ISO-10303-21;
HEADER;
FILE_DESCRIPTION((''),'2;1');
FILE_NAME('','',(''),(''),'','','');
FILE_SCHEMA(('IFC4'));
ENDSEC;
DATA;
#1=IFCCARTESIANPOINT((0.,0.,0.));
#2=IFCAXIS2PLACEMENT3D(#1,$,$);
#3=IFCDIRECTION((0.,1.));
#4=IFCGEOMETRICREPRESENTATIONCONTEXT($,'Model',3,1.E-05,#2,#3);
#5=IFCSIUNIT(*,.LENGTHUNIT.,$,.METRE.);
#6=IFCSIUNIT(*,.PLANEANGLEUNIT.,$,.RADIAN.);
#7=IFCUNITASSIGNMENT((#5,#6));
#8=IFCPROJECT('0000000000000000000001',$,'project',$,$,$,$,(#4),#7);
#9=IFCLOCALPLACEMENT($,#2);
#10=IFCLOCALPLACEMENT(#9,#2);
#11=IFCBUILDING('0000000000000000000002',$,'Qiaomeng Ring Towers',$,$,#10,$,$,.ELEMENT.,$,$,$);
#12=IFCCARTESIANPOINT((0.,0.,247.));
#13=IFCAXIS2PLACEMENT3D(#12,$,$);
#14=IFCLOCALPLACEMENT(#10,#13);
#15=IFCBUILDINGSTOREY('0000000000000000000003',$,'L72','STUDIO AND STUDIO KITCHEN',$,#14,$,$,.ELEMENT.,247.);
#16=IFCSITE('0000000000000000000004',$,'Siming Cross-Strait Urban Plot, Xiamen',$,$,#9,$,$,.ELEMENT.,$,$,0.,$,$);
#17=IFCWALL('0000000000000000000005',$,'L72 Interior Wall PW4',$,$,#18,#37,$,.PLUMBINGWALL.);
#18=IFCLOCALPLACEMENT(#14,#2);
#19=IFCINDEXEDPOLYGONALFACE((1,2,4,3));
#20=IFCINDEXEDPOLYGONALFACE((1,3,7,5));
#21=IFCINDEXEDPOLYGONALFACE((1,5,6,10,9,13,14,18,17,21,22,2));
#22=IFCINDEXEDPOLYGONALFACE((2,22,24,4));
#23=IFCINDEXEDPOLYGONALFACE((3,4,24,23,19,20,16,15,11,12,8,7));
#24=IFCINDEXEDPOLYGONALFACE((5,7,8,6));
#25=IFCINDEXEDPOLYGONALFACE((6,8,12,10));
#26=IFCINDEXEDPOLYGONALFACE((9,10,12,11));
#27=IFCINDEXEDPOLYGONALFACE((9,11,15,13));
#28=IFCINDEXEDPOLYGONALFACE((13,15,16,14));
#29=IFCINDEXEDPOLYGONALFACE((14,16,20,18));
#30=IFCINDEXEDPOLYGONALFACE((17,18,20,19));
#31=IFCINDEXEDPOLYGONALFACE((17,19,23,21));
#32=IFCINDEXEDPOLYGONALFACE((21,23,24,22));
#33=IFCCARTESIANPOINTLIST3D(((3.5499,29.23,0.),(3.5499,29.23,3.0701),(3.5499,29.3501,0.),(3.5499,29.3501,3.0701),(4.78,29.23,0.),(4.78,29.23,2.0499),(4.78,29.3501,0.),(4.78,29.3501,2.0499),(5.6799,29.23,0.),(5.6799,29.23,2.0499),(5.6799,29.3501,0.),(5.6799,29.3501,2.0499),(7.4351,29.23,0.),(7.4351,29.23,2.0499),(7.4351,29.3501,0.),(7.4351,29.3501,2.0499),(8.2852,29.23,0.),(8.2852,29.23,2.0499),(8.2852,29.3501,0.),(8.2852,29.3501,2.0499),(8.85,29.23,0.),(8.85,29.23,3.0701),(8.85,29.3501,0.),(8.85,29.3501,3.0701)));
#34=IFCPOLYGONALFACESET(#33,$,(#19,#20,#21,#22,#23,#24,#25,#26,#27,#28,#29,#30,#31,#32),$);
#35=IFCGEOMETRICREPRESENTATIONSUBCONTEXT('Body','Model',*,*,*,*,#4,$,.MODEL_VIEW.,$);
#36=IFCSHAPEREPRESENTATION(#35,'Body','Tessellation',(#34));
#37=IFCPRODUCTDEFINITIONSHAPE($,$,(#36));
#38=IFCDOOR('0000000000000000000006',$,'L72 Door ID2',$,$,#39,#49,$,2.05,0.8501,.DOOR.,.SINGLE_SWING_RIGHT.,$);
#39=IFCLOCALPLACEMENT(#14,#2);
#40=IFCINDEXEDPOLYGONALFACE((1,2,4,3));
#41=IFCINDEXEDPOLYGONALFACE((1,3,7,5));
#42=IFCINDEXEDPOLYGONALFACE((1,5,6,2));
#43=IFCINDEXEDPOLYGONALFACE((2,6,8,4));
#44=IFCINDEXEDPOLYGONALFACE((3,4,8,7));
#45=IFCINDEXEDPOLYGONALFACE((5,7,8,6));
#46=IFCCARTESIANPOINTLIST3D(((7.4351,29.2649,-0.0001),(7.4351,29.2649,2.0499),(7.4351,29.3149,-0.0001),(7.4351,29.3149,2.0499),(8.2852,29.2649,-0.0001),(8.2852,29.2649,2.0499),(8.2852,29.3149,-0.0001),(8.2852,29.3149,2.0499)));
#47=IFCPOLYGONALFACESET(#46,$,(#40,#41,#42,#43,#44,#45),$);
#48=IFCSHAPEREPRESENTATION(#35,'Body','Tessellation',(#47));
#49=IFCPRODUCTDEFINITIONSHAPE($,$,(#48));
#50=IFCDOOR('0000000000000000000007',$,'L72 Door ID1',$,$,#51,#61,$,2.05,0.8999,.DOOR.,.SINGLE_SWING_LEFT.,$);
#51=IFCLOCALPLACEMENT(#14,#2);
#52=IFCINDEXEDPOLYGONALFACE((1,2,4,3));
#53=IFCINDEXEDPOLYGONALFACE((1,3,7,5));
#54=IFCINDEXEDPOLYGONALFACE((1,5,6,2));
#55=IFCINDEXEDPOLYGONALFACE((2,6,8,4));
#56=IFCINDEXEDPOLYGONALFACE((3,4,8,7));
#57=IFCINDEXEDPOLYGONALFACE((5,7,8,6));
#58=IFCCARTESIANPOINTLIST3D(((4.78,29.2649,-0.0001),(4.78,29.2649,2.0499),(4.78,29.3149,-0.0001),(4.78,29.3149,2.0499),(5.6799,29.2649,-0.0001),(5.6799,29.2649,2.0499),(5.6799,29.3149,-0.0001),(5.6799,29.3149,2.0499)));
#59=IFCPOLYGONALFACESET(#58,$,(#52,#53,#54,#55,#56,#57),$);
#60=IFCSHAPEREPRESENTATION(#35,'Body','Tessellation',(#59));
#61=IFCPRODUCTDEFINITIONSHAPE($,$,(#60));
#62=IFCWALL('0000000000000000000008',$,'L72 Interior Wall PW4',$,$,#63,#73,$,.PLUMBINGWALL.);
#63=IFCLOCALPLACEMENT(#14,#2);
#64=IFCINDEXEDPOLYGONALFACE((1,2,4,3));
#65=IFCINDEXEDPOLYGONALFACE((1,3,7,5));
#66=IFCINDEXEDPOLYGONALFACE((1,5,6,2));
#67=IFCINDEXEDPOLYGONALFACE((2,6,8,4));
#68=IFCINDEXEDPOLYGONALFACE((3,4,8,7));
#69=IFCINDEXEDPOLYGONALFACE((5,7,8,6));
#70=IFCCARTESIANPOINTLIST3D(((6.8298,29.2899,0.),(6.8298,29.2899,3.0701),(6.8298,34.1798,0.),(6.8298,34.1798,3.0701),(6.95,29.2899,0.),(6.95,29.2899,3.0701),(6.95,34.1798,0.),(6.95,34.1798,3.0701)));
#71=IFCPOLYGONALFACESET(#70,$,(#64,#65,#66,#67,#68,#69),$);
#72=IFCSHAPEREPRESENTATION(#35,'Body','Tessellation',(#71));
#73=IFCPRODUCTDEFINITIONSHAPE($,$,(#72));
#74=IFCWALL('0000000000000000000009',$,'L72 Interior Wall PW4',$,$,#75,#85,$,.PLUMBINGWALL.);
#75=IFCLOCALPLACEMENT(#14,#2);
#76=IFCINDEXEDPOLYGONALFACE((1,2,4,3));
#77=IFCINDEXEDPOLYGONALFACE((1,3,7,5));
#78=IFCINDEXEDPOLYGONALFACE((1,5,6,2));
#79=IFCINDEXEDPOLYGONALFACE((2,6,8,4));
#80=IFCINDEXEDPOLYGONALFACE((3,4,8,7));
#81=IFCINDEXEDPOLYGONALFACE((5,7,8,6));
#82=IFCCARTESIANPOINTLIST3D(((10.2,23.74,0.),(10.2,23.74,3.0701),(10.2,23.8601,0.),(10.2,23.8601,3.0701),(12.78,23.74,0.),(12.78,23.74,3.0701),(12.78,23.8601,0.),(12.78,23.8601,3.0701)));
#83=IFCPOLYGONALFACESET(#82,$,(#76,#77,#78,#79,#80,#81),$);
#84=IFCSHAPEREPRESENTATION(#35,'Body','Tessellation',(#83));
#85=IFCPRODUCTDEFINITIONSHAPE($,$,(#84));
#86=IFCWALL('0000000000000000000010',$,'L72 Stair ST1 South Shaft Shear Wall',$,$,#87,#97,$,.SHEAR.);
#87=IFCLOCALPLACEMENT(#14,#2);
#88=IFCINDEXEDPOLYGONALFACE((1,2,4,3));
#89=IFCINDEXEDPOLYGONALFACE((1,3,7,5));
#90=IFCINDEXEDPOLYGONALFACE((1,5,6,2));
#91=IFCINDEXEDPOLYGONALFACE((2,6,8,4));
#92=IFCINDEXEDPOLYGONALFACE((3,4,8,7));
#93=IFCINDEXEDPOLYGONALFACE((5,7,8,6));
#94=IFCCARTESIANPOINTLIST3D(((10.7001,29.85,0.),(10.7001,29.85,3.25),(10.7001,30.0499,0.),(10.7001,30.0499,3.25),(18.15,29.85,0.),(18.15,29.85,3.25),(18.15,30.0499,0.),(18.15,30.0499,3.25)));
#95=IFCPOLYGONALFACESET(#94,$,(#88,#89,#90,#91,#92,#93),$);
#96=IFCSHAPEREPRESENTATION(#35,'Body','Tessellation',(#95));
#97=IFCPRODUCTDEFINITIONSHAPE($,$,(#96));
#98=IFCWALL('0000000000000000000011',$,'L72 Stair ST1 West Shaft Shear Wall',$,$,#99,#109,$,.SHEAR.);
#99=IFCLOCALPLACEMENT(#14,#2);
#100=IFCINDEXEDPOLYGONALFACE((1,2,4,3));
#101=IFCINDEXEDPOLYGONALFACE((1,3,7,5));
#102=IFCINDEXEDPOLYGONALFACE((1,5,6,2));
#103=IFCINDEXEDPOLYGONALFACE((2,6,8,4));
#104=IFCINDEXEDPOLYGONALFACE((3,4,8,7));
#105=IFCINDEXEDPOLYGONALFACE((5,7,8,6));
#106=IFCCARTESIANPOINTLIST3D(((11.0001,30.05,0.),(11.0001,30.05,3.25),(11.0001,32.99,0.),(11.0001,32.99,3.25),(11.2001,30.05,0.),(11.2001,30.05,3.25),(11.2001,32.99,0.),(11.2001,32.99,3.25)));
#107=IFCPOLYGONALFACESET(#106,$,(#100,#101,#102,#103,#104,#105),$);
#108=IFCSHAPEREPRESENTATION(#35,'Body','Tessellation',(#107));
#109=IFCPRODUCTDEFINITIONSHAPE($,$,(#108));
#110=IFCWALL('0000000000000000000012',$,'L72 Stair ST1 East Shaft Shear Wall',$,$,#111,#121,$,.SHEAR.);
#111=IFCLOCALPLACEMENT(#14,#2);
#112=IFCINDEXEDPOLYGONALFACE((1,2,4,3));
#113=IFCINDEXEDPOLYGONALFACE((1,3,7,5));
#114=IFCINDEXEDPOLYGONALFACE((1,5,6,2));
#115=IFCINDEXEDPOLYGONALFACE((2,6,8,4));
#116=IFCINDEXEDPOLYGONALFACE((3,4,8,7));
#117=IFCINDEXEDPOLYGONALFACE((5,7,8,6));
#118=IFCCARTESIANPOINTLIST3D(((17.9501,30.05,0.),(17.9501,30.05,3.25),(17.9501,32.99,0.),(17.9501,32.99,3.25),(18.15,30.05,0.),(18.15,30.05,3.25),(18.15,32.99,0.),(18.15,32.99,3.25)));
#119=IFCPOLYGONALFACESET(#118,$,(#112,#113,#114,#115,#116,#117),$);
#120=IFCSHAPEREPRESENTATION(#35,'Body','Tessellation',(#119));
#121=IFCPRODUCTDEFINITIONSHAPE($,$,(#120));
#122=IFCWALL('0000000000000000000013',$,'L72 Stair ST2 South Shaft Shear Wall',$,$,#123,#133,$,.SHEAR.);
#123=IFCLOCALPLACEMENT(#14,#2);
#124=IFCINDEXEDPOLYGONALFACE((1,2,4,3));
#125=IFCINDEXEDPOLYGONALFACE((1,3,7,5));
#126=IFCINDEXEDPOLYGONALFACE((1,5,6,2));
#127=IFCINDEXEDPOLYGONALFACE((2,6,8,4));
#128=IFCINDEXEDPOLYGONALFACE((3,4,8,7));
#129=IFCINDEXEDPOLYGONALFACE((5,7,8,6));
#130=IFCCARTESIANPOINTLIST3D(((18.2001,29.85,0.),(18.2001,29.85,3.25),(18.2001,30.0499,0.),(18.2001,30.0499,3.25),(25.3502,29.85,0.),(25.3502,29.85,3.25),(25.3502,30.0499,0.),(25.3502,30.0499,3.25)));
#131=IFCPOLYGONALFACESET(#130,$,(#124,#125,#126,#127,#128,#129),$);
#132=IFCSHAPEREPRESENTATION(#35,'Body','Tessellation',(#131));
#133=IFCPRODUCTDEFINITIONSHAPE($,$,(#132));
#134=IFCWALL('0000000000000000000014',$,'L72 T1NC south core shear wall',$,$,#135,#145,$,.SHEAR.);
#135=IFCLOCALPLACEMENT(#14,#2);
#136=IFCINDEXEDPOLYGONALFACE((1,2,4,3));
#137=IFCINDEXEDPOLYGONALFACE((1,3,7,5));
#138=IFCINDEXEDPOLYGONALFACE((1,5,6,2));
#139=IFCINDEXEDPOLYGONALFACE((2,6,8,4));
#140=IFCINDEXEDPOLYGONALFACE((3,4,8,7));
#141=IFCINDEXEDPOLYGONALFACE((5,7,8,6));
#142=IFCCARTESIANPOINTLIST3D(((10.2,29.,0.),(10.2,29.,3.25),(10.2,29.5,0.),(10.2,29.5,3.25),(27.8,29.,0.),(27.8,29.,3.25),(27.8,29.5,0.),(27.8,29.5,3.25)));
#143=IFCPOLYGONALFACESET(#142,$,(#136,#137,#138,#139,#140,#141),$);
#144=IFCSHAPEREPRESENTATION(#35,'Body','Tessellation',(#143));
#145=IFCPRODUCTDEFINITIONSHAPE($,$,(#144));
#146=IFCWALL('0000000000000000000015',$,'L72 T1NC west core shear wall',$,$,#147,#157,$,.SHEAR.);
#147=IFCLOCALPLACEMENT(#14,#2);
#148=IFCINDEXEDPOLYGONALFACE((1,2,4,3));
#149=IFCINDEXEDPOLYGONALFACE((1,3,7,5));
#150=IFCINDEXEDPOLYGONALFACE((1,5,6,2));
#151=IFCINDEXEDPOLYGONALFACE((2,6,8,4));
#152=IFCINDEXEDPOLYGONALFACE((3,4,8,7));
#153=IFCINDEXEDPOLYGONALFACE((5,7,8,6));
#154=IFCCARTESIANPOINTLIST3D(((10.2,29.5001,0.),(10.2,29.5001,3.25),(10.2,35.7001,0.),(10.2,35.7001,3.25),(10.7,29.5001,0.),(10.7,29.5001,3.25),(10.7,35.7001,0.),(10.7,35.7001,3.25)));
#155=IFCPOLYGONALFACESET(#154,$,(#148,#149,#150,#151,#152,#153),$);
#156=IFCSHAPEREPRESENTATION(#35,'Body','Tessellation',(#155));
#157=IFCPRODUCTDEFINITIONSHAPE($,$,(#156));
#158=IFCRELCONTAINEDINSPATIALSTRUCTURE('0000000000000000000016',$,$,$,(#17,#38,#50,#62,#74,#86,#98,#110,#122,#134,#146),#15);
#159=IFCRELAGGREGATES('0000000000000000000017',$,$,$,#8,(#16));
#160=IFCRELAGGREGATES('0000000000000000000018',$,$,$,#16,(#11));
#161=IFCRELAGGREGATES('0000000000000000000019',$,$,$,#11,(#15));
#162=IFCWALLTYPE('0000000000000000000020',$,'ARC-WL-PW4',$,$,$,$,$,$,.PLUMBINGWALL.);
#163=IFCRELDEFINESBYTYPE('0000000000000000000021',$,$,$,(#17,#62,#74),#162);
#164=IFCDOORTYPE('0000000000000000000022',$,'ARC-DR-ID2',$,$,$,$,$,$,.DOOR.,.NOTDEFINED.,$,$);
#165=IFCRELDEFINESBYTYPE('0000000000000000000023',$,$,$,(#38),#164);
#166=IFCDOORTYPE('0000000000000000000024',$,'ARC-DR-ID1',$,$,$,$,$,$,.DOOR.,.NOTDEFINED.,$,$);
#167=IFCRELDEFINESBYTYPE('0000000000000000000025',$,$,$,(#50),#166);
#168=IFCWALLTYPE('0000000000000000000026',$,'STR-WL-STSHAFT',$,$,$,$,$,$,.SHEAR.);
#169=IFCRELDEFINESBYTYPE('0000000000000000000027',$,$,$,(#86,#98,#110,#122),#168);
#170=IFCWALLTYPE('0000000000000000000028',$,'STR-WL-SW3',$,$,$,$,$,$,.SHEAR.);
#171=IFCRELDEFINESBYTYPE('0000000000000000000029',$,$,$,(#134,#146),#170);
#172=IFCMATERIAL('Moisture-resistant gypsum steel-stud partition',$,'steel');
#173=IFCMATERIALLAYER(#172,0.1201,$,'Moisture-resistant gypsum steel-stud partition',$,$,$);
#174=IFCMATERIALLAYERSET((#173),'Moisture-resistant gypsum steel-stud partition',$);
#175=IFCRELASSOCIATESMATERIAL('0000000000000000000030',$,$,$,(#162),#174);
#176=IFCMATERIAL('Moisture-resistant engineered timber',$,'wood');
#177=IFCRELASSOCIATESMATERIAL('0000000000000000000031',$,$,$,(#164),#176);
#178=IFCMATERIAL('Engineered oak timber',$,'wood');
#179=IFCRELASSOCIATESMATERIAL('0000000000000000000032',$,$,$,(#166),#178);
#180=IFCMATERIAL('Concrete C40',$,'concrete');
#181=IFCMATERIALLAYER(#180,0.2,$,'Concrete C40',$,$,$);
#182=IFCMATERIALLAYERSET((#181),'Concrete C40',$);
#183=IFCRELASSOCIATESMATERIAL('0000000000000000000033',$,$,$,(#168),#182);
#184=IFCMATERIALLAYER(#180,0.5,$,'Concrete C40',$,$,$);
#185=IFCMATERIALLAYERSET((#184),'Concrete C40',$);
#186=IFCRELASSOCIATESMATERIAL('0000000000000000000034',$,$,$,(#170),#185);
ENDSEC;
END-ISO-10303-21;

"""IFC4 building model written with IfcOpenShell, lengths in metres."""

from ifc_helpers import new_model, si_unit, direction, frame, frame_2d, origin, place, context, subcontext, project, spatial, rectangle, extrude, source, transform, mapped, material, layer, layer_set, type_object, element, fill, save


model = new_model("IFC4")

# Units and contexts
model_context = context("Model", 3, precision=1e-05, world=origin(), true_north=direction((0.0, 1.0)))
body_context = subcontext(model_context, "Body", "Model", "MODEL_VIEW")
ifc_project = project(units=[si_unit("LENGTHUNIT", "METRE"), si_unit("PLANEANGLEUNIT", "RADIAN")], contexts=[model_context])

# Site, building, storey
site_placement = place(None, origin())
site = spatial("IfcSite", under=ifc_project, at=site_placement, Name="Siming Cross-Strait Urban Plot, Xiamen", CompositionType="ELEMENT", RefElevation=0.0)
building_placement = place(site_placement, origin())
building = spatial("IfcBuilding", under=site, at=building_placement, Name="Qiaomeng Ring Towers", CompositionType="ELEMENT")
storey_placement = place(building_placement, frame((0.0, 0.0, 247.0)))
storey = spatial("IfcBuildingStorey", under=building, at=storey_placement, Name="L72", Description="STUDIO AND STUDIO KITCHEN", CompositionType="ELEMENT", Elevation=247.0)

# Shared definitions
ifc_material_1 = material(Name="Concrete C40", Category="concrete")

# Wall, openings, doors
ifc_material_2 = material(Name="Moisture-resistant gypsum steel-stud partition", Category="steel")
ifc_layer_1 = layer(ifc_material_2, 0.1201, Name="Moisture-resistant gypsum steel-stud partition")
ifc_layer_set_1 = layer_set([ifc_layer_1], Name="Moisture-resistant gypsum steel-stud partition")
wall_type_1 = type_object("IfcWallType", Name="ARC-WL-PW4", PredefinedType="PLUMBINGWALL", material=ifc_layer_set_1)
wall_1_placement = place(storey_placement, frame((3.55, 29.29, 0.0), z_axis=(0.0, 0.0, 1.0), x_axis=(1.0, 0.0, 0.0)))
wall_1 = element("IfcWall", 1, at=wall_1_placement, inside=storey, type_object=wall_type_1, Name="L72 Interior Wall PW4", PredefinedType="PLUMBINGWALL", context=body_context, shape_type="SweptSolid", body=[
    extrude(rectangle(XDim=5.3, YDim=0.1201, at=frame_2d((2.6499, 0.0))), origin(), (0.0, 0.0, 1.0), 3.0701),
])
opening_1_placement = place(wall_1_placement, frame((1.23, 0.0, 0.0)))
opening_1 = element("IfcOpeningElement", 2, at=opening_1_placement, cuts=wall_1, PredefinedType="OPENING", context=body_context, shape_type="SweptSolid", body=[
    extrude(rectangle(XDim=0.8999, YDim=2.05, at=frame_2d((0.45, 1.0249))), frame((0.0, 0.0701, 0.0), z_axis=(0.0, -1.0, 0.0), x_axis=(1.0, 0.0, 0.0)), (0.0, 0.0, 1.0), 0.1401),
])
opening_2_placement = place(wall_1_placement, frame((3.885, 0.0, 0.0)))
opening_2 = element("IfcOpeningElement", 3, at=opening_2_placement, cuts=wall_1, PredefinedType="OPENING", context=body_context, shape_type="SweptSolid", body=[
    extrude(rectangle(XDim=0.8501, YDim=2.05, at=frame_2d((0.425, 1.0249))), frame((0.0, 0.0701, 0.0), z_axis=(0.0, -1.0, 0.0), x_axis=(1.0, 0.0, 0.0)), (0.0, 0.0, 1.0), 0.1401),
])
ifc_material_3 = material(Name="Moisture-resistant engineered timber", Category="wood")
door_type_1 = type_object("IfcDoorType", Name="ARC-DR-ID2", OperationType="NOTDEFINED", PredefinedType="DOOR", material=ifc_material_3)
shared_shape_1 = source(origin(), body_context, "Body", "SweptSolid", [
    extrude(rectangle(XDim=0.8501, YDim=2.05, at=frame_2d((0.425, 1.0249))), frame((0.0, 0.0249, 0.0), z_axis=(0.0, -1.0, 0.0), x_axis=(1.0, 0.0, 0.0)), (0.0, 0.0, 1.0), 0.05),
])
door_1_placement = place(opening_2_placement, origin())
door_1 = element("IfcDoor", 4, at=door_1_placement, inside=storey, type_object=door_type_1, Name="L72 Door ID2", OperationType="SINGLE_SWING_RIGHT", OverallHeight=2.05, OverallWidth=0.8501, PredefinedType="DOOR", context=body_context, shape_type="MappedRepresentation", body=[
    mapped(shared_shape_1, transform((0.0, 0.0, 0.0), x_axis=(1.0, 0.0, 0.0), y_axis=(0.0, 1.0, 0.0), z_axis=(0.0, 0.0, 1.0), scale=1.0)),
])
fill(opening_2, door_1)
ifc_material_4 = material(Name="Engineered oak timber", Category="wood")
door_type_2 = type_object("IfcDoorType", Name="ARC-DR-ID1", OperationType="NOTDEFINED", PredefinedType="DOOR", material=ifc_material_4)
shared_shape_2 = source(origin(), body_context, "Body", "SweptSolid", [
    extrude(rectangle(XDim=0.8999, YDim=2.05, at=frame_2d((0.45, 1.0249))), frame((0.0, 0.0249, 0.0), z_axis=(0.0, -1.0, 0.0), x_axis=(1.0, 0.0, 0.0)), (0.0, 0.0, 1.0), 0.05),
])
door_2_placement = place(opening_1_placement, origin())
door_2 = element("IfcDoor", 5, at=door_2_placement, inside=storey, type_object=door_type_2, Name="L72 Door ID1", OperationType="SINGLE_SWING_LEFT", OverallHeight=2.05, OverallWidth=0.8999, PredefinedType="DOOR", context=body_context, shape_type="MappedRepresentation", body=[
    mapped(shared_shape_2, transform((0.0, 0.0, 0.0), x_axis=(1.0, 0.0, 0.0), y_axis=(0.0, 1.0, 0.0), z_axis=(0.0, 0.0, 1.0), scale=1.0)),
])
fill(opening_1, door_2)

# Walls
wall_2_placement = place(storey_placement, frame((6.8899, 29.29, 0.0), z_axis=(0.0, 0.0, 1.0), x_axis=(0.0, 1.0, 0.0)))
element("IfcWall", 6, at=wall_2_placement, inside=storey, type_object=wall_type_1, Name="L72 Interior Wall PW4", PredefinedType="PLUMBINGWALL", context=body_context, shape_type="SweptSolid", body=[
    extrude(rectangle(XDim=4.8899, YDim=0.1201, at=frame_2d((2.4448, 0.0))), origin(), (0.0, 0.0, 1.0), 3.0701),
])
wall_3_placement = place(storey_placement, frame((10.2, 23.8, 0.0), z_axis=(0.0, 0.0, 1.0), x_axis=(1.0, 0.0, 0.0)))
element("IfcWall", 7, at=wall_3_placement, inside=storey, type_object=wall_type_1, Name="L72 Interior Wall PW4", PredefinedType="PLUMBINGWALL", context=body_context, shape_type="SweptSolid", body=[
    extrude(rectangle(XDim=2.5801, YDim=0.1201, at=frame_2d((1.29, 0.0))), origin(), (0.0, 0.0, 1.0), 3.0701),
])
ifc_layer_2 = layer(ifc_material_1, 0.2, Name="Concrete C40")
ifc_layer_set_2 = layer_set([ifc_layer_2], Name="Concrete C40")
wall_type_2 = type_object("IfcWallType", Name="STR-WL-STSHAFT", PredefinedType="SHEAR", material=ifc_layer_set_2)
wall_4_placement = place(storey_placement, frame((10.7, 29.95, 0.0), z_axis=(0.0, 0.0, 1.0), x_axis=(1.0, 0.0, 0.0)))
element("IfcWall", 8, at=wall_4_placement, inside=storey, type_object=wall_type_2, Name="L72 Stair ST1 South Shaft Shear Wall", PredefinedType="SHEAR", context=body_context, shape_type="SweptSolid", body=[
    extrude(rectangle(XDim=7.45, YDim=0.2, at=frame_2d((3.7251, 0.0))), origin(), (0.0, 0.0, 1.0), 3.25),
])
for number, where, z_axis, x_axis, name in (
    (9, (11.1001, 30.05, 0.0), (0.0, 0.0, 1.0), (0.0, 1.0, 0.0), "L72 Stair ST1 West Shaft Shear Wall"),
    (10, (18.05, 30.05, 0.0), (0.0, 0.0, 1.0), (0.0, 1.0, 0.0), "L72 Stair ST1 East Shaft Shear Wall"),
):
    element("IfcWall", number, at=place(storey_placement, frame(where, z_axis=z_axis, x_axis=x_axis)), inside=storey, type_object=wall_type_2, Name=name, PredefinedType="SHEAR", context=body_context, shape_type="SweptSolid", body=[
        extrude(rectangle(XDim=2.9399, YDim=0.2, at=frame_2d((1.47, 0.0))), origin(), (0.0, 0.0, 1.0), 3.25),
    ])
wall_5_placement = place(storey_placement, frame((18.2, 29.95, 0.0), z_axis=(0.0, 0.0, 1.0), x_axis=(1.0, 0.0, 0.0)))
element("IfcWall", 11, at=wall_5_placement, inside=storey, type_object=wall_type_2, Name="L72 Stair ST2 South Shaft Shear Wall", PredefinedType="SHEAR", context=body_context, shape_type="SweptSolid", body=[
    extrude(rectangle(XDim=7.1501, YDim=0.2, at=frame_2d((3.5752, 0.0))), origin(), (0.0, 0.0, 1.0), 3.25),
])
ifc_layer_3 = layer(ifc_material_1, 0.5, Name="Concrete C40")
ifc_layer_set_3 = layer_set([ifc_layer_3], Name="Concrete C40")
wall_type_3 = type_object("IfcWallType", Name="STR-WL-SW3", PredefinedType="SHEAR", material=ifc_layer_set_3)
wall_6_placement = place(storey_placement, frame((10.2, 29.25, 0.0), z_axis=(0.0, 0.0, 1.0), x_axis=(1.0, 0.0, 0.0)))
element("IfcWall", 12, at=wall_6_placement, inside=storey, type_object=wall_type_3, Name="L72 T1NC south core shear wall", PredefinedType="SHEAR", context=body_context, shape_type="SweptSolid", body=[
    extrude(rectangle(XDim=17.6001, YDim=0.5, at=frame_2d((8.8, 0.0))), origin(), (0.0, 0.0, 1.0), 3.25),
])
wall_7_placement = place(storey_placement, frame((10.45, 29.5, 0.0), z_axis=(0.0, 0.0, 1.0), x_axis=(0.0, 1.0, 0.0)))
element("IfcWall", 13, at=wall_7_placement, inside=storey, type_object=wall_type_3, Name="L72 T1NC west core shear wall", PredefinedType="SHEAR", context=body_context, shape_type="SweptSolid", body=[
    extrude(rectangle(XDim=6.2, YDim=0.5, at=frame_2d((3.1001, 0.0))), origin(), (0.0, 0.0, 1.0), 3.25),
])

save(model, "model.ifc")
